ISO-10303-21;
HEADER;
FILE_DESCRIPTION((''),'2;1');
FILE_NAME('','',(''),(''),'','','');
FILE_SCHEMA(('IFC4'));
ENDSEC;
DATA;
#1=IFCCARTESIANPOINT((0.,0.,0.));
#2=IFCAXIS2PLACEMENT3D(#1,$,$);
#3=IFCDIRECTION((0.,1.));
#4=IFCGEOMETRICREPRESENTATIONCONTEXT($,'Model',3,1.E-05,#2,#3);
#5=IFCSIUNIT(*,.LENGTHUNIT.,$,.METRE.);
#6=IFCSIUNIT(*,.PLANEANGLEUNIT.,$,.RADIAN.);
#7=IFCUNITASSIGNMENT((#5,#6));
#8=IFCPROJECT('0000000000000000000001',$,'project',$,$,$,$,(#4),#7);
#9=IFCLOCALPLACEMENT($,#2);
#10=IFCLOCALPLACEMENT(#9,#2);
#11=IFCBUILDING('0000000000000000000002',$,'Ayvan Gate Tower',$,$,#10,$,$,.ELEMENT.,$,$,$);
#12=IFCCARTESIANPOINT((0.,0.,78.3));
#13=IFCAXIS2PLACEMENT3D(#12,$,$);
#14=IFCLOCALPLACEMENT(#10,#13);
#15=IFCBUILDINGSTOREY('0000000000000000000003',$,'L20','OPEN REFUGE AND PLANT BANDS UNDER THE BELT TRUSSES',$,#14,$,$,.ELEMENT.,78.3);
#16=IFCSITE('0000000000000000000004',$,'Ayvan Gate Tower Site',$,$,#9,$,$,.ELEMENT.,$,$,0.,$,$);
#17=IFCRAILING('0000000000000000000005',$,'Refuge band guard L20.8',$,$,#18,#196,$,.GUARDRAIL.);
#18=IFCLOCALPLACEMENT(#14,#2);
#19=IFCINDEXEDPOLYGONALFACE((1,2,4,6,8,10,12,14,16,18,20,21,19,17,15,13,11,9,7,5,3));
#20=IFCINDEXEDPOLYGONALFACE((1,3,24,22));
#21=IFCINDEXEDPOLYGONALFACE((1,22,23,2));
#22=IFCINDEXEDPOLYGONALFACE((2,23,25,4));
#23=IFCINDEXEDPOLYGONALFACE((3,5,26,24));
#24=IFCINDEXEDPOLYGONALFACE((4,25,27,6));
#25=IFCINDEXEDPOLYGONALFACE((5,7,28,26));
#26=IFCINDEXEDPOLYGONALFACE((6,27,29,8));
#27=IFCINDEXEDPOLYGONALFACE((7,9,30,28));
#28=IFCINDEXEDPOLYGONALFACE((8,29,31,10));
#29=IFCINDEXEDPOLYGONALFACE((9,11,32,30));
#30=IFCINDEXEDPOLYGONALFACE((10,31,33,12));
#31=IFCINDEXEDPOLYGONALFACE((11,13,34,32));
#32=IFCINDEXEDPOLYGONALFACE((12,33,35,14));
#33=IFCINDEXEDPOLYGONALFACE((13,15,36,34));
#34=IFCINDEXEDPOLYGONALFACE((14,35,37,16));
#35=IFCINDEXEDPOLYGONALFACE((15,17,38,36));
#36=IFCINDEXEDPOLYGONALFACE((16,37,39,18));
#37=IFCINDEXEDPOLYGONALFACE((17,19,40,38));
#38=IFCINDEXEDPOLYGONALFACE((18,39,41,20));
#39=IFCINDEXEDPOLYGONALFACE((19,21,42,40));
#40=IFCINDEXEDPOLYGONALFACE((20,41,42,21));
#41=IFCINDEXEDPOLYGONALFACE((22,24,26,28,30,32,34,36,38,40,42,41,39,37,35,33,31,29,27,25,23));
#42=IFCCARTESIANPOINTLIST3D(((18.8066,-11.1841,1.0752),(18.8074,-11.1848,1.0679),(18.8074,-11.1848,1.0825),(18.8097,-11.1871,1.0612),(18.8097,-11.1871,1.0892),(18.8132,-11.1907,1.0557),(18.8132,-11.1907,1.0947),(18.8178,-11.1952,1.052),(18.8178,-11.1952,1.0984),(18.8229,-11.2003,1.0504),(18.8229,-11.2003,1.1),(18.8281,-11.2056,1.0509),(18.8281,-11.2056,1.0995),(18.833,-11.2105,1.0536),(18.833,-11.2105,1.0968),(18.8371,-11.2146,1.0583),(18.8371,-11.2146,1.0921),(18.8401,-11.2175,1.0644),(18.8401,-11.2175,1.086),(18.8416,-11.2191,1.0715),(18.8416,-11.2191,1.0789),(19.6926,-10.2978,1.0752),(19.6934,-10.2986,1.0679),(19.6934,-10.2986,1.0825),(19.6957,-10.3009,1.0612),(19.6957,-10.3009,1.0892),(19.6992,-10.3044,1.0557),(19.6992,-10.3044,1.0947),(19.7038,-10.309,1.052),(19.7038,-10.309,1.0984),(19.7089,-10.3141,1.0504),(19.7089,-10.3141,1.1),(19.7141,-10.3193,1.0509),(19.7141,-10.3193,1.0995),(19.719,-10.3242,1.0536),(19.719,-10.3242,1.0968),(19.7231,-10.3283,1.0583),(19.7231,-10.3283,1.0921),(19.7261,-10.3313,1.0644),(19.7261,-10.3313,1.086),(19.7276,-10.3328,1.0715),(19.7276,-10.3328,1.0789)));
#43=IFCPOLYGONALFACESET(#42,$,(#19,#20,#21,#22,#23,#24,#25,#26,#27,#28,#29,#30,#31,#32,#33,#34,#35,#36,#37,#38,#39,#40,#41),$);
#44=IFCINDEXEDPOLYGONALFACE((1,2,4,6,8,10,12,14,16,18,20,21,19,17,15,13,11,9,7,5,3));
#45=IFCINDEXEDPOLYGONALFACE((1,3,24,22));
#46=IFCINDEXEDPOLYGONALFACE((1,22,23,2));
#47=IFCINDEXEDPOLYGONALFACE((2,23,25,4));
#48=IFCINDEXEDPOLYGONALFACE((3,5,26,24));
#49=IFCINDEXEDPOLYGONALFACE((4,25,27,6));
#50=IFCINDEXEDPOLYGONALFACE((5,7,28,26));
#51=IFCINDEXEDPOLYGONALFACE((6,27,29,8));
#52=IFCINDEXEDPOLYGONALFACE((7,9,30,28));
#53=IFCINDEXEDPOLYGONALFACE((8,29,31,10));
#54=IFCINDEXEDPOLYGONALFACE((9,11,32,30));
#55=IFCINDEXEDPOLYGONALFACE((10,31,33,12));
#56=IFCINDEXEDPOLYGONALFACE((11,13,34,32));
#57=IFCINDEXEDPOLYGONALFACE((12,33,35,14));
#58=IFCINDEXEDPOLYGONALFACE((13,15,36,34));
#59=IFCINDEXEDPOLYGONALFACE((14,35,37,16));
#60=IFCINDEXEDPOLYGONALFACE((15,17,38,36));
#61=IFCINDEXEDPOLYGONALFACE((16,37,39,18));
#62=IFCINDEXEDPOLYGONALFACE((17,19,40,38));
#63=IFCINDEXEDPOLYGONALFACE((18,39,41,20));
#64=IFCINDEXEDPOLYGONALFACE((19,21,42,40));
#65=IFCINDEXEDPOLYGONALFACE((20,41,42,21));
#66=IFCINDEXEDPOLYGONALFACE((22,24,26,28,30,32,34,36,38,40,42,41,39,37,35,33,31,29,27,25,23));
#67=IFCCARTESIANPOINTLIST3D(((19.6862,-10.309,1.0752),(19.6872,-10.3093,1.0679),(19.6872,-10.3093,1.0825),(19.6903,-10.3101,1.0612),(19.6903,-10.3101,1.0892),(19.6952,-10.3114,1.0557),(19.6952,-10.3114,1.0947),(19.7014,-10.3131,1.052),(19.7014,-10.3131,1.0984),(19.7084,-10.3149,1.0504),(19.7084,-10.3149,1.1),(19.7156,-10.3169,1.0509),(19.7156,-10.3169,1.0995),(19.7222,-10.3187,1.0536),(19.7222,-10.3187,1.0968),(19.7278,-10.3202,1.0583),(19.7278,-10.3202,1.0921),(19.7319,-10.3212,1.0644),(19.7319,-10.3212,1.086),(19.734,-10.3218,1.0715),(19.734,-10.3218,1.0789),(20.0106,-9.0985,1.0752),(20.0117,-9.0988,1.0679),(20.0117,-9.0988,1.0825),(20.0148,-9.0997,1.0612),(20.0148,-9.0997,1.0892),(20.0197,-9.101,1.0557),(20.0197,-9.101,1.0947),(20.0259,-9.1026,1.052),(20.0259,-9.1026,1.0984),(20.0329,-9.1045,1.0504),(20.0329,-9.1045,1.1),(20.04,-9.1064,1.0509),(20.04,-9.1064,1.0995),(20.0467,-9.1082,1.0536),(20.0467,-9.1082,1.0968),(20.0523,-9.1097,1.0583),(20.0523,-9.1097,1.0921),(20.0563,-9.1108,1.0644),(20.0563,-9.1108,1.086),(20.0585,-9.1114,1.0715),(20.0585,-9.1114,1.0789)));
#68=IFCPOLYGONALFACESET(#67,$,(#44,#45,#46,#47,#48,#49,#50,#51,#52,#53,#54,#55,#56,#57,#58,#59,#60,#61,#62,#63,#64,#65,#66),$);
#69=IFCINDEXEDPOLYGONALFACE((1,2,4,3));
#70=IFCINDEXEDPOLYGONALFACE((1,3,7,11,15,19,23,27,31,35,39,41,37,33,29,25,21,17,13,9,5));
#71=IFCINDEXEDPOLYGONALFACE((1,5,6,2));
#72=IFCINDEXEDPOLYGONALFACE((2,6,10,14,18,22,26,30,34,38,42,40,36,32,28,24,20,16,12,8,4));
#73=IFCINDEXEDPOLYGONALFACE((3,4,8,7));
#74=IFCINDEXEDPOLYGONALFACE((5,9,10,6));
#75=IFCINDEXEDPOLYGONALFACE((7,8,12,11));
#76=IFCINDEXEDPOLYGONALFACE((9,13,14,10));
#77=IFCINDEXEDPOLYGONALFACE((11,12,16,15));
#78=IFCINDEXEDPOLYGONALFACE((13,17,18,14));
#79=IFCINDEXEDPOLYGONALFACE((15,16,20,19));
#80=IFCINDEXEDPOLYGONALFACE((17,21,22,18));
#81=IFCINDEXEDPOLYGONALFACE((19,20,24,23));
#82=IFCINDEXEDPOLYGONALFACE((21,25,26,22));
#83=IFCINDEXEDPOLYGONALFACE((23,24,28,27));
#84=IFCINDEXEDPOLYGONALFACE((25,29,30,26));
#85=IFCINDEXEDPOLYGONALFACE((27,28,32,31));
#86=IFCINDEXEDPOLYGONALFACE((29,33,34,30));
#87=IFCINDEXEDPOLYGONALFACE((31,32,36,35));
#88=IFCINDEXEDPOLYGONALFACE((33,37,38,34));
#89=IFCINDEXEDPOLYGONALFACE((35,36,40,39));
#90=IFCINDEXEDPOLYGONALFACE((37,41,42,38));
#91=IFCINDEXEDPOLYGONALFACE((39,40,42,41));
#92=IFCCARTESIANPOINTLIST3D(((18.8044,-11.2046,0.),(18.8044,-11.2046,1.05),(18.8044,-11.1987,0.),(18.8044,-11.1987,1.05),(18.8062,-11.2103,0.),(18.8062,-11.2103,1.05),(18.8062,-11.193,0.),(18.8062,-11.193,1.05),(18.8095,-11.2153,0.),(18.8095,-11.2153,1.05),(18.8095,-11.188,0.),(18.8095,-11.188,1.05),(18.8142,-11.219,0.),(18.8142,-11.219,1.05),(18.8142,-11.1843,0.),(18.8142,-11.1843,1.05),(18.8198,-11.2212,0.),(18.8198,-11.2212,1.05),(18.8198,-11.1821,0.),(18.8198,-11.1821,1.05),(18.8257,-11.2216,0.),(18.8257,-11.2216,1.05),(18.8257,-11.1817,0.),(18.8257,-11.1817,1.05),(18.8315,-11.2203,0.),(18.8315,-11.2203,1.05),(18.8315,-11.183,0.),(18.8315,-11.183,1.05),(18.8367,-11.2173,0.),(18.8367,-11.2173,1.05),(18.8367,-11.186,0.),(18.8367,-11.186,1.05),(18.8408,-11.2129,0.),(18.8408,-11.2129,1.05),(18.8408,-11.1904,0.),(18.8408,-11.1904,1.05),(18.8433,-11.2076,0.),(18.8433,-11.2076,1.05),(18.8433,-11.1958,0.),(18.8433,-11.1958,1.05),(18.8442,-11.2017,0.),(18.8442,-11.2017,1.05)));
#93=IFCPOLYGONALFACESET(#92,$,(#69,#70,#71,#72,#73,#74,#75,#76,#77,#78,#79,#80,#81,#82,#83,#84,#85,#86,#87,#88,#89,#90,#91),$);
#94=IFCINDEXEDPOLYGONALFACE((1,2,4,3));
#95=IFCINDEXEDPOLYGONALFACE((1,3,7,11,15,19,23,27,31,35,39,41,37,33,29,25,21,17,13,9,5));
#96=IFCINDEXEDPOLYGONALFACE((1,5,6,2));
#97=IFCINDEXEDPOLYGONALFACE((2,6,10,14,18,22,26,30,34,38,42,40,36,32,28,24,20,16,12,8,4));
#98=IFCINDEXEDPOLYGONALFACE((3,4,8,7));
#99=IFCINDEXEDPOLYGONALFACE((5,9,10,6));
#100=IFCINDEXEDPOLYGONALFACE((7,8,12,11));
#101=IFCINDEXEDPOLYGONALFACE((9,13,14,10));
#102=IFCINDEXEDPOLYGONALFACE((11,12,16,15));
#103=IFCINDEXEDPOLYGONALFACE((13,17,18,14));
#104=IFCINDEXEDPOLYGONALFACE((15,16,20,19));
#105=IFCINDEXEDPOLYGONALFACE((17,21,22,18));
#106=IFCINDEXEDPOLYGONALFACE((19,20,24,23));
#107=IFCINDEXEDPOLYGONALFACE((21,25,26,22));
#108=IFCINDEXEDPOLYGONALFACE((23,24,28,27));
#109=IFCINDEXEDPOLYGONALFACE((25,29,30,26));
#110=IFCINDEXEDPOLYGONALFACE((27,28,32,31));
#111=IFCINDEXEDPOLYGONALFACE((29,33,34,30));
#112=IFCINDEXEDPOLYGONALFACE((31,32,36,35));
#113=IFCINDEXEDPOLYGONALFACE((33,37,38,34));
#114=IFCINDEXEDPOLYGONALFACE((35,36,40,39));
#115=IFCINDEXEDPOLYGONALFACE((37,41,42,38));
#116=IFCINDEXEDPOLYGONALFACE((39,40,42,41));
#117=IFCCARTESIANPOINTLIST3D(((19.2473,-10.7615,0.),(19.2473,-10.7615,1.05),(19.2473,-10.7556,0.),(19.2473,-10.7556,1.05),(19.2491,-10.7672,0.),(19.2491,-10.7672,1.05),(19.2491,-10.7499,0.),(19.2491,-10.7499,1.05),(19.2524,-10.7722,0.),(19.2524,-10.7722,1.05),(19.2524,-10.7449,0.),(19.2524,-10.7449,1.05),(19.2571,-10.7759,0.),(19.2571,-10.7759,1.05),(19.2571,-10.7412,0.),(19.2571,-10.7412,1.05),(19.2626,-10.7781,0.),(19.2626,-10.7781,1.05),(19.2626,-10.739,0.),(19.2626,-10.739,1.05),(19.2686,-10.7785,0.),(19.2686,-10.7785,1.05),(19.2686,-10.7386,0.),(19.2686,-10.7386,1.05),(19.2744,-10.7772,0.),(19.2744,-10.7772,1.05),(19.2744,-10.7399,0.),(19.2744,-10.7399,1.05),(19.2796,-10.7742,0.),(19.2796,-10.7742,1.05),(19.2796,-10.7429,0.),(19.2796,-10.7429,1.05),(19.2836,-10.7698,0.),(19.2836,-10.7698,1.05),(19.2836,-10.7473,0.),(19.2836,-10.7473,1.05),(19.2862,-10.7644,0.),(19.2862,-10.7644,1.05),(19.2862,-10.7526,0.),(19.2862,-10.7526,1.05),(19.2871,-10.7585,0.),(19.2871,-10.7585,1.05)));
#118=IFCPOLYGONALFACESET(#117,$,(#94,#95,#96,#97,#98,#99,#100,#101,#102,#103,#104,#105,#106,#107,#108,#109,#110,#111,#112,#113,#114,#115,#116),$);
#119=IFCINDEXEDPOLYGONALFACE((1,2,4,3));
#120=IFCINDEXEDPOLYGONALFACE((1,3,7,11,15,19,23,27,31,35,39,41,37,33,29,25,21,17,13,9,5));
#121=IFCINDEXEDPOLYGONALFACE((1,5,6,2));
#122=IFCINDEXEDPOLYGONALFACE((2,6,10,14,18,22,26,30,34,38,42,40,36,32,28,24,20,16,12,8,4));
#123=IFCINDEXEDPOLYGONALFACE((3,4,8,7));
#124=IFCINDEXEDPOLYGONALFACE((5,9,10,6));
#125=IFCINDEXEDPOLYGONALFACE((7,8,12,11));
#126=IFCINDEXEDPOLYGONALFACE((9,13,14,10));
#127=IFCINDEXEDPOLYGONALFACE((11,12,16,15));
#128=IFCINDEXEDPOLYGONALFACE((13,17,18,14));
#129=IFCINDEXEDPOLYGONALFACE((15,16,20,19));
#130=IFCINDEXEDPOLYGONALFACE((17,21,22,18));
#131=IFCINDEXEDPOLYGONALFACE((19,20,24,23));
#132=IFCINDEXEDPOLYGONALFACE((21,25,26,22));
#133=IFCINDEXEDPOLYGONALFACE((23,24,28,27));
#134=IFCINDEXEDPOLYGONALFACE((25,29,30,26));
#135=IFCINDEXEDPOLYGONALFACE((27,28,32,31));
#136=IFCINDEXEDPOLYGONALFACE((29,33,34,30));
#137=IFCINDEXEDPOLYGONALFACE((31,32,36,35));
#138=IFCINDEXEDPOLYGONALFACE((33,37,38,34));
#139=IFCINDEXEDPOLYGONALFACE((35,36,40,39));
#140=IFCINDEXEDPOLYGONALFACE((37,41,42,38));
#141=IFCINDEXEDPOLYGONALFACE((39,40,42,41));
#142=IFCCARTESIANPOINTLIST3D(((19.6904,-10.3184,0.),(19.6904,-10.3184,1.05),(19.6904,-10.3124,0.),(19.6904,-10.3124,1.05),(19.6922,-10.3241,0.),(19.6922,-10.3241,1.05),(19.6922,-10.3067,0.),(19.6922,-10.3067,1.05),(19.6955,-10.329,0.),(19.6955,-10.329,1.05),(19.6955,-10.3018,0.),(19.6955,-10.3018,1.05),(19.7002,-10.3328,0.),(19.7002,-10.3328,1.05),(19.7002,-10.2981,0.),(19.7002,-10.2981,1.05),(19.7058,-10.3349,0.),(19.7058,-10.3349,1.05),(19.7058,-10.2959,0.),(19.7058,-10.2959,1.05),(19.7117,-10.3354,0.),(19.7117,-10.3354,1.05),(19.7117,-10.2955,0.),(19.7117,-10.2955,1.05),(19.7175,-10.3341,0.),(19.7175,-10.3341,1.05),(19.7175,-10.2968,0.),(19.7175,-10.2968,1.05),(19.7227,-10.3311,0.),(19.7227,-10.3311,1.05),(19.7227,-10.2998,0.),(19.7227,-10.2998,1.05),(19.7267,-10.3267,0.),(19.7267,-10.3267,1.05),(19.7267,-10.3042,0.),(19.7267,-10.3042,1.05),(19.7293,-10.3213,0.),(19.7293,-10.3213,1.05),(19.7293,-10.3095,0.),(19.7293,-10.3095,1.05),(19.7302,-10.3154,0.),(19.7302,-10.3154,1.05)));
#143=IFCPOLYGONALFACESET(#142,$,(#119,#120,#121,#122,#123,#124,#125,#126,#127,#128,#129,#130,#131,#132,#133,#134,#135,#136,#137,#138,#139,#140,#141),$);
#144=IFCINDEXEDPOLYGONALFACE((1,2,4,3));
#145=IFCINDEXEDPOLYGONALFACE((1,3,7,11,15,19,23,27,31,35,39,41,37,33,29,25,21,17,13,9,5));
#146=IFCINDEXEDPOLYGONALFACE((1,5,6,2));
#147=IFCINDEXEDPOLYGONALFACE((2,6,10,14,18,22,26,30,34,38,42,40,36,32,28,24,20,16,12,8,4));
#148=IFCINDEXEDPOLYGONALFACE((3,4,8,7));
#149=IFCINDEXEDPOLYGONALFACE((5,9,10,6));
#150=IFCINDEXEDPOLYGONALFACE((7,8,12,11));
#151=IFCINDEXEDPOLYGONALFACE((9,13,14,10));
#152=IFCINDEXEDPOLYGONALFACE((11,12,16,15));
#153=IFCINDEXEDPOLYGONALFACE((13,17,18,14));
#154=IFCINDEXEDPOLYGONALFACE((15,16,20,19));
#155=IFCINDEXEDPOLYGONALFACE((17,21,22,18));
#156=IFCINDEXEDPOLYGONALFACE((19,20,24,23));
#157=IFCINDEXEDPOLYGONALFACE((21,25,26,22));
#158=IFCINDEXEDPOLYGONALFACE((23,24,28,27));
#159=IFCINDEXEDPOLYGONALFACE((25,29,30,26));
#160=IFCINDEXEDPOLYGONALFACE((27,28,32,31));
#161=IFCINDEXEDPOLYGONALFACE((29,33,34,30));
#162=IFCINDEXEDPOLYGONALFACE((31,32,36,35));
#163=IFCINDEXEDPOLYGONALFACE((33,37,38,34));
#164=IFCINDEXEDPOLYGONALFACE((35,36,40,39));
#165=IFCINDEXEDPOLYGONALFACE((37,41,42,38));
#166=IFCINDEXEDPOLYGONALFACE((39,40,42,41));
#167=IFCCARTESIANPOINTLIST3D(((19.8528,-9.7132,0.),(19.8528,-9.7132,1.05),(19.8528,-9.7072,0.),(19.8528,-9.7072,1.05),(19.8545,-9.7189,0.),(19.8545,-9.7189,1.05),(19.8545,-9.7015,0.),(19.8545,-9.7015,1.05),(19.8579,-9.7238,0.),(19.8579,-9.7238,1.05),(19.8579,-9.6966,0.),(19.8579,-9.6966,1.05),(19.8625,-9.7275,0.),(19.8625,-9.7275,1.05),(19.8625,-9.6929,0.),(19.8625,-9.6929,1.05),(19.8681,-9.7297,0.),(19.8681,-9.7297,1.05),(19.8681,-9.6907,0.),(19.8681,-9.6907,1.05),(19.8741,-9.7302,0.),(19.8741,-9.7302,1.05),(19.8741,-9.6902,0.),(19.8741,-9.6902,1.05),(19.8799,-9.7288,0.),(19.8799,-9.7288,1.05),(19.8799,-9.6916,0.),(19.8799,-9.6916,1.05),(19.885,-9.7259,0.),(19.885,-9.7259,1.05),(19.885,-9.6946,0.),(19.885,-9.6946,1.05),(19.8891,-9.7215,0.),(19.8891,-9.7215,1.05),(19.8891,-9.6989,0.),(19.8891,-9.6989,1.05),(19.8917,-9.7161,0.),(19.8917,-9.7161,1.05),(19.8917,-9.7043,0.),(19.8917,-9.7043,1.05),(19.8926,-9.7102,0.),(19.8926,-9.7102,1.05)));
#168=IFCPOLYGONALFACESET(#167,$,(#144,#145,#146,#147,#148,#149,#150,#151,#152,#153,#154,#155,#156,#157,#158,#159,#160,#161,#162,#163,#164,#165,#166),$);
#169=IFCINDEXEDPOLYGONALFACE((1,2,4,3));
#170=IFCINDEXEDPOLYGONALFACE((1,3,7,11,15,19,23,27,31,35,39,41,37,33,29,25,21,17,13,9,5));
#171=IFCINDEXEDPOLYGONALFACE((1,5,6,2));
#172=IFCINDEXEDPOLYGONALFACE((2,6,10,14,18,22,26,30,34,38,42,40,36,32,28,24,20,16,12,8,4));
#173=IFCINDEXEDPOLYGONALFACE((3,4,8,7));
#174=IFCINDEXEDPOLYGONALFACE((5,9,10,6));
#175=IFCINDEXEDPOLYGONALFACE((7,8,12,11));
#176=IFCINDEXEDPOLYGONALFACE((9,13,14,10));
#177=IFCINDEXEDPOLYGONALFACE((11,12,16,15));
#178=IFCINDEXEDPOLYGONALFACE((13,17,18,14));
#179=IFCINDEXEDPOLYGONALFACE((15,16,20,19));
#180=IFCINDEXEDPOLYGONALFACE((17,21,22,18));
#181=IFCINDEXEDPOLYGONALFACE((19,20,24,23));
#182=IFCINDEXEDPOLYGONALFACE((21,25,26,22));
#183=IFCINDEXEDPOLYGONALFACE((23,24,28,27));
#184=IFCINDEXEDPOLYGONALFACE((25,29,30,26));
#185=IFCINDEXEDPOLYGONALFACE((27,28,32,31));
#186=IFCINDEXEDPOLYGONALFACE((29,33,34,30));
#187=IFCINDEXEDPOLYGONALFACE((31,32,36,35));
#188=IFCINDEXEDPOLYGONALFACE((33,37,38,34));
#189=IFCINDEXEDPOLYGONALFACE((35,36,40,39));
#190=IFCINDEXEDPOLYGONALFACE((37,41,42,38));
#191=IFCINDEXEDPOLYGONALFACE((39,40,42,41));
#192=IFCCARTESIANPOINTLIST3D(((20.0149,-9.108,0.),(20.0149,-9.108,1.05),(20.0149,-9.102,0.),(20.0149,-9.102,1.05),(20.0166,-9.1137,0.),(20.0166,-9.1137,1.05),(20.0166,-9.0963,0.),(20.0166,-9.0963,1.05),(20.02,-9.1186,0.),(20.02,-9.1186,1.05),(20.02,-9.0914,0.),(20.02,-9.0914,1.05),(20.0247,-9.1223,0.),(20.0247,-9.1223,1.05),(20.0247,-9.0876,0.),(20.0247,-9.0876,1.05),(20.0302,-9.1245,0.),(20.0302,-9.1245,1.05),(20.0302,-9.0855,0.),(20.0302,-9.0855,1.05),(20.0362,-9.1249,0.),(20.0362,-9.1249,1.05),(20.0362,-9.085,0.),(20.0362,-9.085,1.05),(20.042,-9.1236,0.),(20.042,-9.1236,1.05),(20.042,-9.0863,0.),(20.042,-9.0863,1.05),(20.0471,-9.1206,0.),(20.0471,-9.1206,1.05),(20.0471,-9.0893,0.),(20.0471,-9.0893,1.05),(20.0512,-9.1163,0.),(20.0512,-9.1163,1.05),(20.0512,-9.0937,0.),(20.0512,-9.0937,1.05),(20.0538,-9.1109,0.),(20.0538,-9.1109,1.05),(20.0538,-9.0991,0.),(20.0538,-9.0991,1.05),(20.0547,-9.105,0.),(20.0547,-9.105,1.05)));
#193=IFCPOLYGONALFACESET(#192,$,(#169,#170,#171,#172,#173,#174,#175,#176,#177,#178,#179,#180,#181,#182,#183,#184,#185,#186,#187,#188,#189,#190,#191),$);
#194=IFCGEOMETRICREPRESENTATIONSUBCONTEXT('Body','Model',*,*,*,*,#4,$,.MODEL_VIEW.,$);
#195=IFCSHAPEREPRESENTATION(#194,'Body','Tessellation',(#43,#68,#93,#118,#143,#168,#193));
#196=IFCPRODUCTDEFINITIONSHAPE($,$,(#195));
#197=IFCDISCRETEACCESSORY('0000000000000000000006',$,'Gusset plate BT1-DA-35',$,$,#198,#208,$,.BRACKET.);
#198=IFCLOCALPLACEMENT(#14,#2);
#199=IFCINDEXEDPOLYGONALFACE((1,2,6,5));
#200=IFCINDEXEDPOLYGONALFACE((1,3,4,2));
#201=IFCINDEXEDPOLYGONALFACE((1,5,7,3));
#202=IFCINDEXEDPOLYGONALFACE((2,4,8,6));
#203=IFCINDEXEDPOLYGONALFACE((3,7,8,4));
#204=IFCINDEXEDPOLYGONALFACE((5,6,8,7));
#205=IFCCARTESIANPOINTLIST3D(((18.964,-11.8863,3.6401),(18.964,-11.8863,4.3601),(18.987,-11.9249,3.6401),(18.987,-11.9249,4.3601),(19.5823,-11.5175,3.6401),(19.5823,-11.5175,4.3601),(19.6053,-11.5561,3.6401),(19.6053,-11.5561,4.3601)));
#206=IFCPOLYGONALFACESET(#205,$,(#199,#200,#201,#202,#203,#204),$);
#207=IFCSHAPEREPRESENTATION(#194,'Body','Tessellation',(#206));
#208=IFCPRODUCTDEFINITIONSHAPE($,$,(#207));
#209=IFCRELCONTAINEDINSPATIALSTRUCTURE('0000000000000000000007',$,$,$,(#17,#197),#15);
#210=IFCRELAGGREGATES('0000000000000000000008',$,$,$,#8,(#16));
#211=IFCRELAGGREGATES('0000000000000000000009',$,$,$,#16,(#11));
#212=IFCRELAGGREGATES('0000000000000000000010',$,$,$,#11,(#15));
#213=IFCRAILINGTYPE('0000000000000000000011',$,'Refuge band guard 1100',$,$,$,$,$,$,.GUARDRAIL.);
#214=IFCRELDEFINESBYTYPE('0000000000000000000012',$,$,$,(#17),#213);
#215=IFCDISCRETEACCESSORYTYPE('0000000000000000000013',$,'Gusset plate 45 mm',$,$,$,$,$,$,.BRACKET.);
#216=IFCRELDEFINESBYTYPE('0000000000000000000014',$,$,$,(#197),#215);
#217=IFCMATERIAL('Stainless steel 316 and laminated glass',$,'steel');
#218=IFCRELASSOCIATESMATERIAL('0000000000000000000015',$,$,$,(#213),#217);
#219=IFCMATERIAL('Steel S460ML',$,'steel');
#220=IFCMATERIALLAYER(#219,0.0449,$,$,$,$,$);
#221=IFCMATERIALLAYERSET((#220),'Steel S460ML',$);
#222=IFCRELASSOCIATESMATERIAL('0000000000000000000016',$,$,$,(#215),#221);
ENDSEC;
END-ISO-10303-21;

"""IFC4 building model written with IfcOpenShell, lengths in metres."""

from ifc_helpers import new_model, si_unit, direction, frame, origin, origin_2d, place, context, subcontext, project, spatial, rectangle, circle, extrude, material, layer, layer_set, type_object, element, save


model = new_model("IFC4")

# Units and contexts
model_context = context("Model", 3, precision=1e-05, world=origin(), true_north=direction((0.0, 1.0)))
body_context = subcontext(model_context, "Body", "Model", "MODEL_VIEW")
ifc_project = project(units=[si_unit("LENGTHUNIT", "METRE"), si_unit("PLANEANGLEUNIT", "RADIAN")], contexts=[model_context])

# Site, building, storey
site_placement = place(None, origin())
site = spatial("IfcSite", under=ifc_project, at=site_placement, Name="Ayvan Gate Tower Site", CompositionType="ELEMENT", RefElevation=0.0)
building_placement = place(site_placement, origin())
building = spatial("IfcBuilding", under=site, at=building_placement, Name="Ayvan Gate Tower", CompositionType="ELEMENT")
storey_placement = place(building_placement, frame((0.0, 0.0, 78.3)))
storey = spatial("IfcBuildingStorey", under=building, at=storey_placement, Name="L20", Description="OPEN REFUGE AND PLANT BANDS UNDER THE BELT TRUSSES", CompositionType="ELEMENT", Elevation=78.3)

# Shared definitions
ifc_material_1 = material(Name="Steel S460ML", Category="steel")

# Railing
ifc_material_2 = material(Name="Stainless steel 316 and laminated glass", Category="steel")
railing_type = type_object("IfcRailingType", Name="Refuge band guard 1100", PredefinedType="GUARDRAIL", material=ifc_material_2)
railing_1_placement = place(storey_placement, frame((18.8242, -11.2017, 0.0)))
element("IfcRailing", 1, at=railing_1_placement, inside=storey, type_object=railing_type, Name="Refuge band guard L20.8", PredefinedType="GUARDRAIL", context=body_context, shape_type="SweptSolid", body=[
    extrude(circle(Radius=0.0249, at=origin_2d()), frame((0.0, 0.0, 1.0752), z_axis=(0.707009, 0.707204, 0.0), x_axis=(-0.707204, 0.707009, 0.0)), (0.0, 0.0, 1.0), 1.2532),
    extrude(circle(Radius=0.0249, at=origin_2d()), frame((0.886, 0.8862, 1.0752), z_axis=(0.258911, 0.965901, 0.0), x_axis=(-0.965901, 0.258911, 0.0)), (0.0, 0.0, 1.0), 1.2532),
    extrude(circle(Radius=0.02, at=origin_2d()), origin(), (0.0, 0.0, 1.0), 1.05),
    extrude(circle(Radius=0.02, at=origin_2d()), frame((0.4429, 0.4431, 0.0)), (0.0, 0.0, 1.0), 1.05),
    extrude(circle(Radius=0.02, at=origin_2d()), frame((0.886, 0.8862, 0.0)), (0.0, 0.0, 1.0), 1.05),
    extrude(circle(Radius=0.02, at=origin_2d()), frame((1.0483, 1.4915, 0.0)), (0.0, 0.0, 1.0), 1.05),
    extrude(circle(Radius=0.02, at=origin_2d()), frame((1.2104, 2.0967, 0.0)), (0.0, 0.0, 1.0), 1.05),
])

# Discrete accessory
ifc_layer_1 = layer(ifc_material_1, 0.0449)
ifc_layer_set_1 = layer_set([ifc_layer_1], Name="Steel S460ML")
discrete_accessory_type = type_object("IfcDiscreteAccessoryType", Name="Gusset plate 45 mm", PredefinedType="BRACKET", material=ifc_layer_set_1)
for number, where, z_axis, x_axis, name in (
    (2, (19.2847, -11.7212, 3.6401), (0.0, 0.0, 1.0), (0.858828, 0.512263, 0.0), "Gusset plate BT1-DA-35"),
):
    element("IfcDiscreteAccessory", number, at=place(storey_placement, frame(where, z_axis=z_axis, x_axis=x_axis)), inside=storey, type_object=discrete_accessory_type, Name=name, PredefinedType="BRACKET", context=body_context, shape_type="SweptSolid", body=[
        extrude(rectangle(XDim=0.72, YDim=0.0449, at=origin_2d()), origin(), (0.0, 0.0, 1.0), 0.72),
    ])

save(model, "model.ifc")
